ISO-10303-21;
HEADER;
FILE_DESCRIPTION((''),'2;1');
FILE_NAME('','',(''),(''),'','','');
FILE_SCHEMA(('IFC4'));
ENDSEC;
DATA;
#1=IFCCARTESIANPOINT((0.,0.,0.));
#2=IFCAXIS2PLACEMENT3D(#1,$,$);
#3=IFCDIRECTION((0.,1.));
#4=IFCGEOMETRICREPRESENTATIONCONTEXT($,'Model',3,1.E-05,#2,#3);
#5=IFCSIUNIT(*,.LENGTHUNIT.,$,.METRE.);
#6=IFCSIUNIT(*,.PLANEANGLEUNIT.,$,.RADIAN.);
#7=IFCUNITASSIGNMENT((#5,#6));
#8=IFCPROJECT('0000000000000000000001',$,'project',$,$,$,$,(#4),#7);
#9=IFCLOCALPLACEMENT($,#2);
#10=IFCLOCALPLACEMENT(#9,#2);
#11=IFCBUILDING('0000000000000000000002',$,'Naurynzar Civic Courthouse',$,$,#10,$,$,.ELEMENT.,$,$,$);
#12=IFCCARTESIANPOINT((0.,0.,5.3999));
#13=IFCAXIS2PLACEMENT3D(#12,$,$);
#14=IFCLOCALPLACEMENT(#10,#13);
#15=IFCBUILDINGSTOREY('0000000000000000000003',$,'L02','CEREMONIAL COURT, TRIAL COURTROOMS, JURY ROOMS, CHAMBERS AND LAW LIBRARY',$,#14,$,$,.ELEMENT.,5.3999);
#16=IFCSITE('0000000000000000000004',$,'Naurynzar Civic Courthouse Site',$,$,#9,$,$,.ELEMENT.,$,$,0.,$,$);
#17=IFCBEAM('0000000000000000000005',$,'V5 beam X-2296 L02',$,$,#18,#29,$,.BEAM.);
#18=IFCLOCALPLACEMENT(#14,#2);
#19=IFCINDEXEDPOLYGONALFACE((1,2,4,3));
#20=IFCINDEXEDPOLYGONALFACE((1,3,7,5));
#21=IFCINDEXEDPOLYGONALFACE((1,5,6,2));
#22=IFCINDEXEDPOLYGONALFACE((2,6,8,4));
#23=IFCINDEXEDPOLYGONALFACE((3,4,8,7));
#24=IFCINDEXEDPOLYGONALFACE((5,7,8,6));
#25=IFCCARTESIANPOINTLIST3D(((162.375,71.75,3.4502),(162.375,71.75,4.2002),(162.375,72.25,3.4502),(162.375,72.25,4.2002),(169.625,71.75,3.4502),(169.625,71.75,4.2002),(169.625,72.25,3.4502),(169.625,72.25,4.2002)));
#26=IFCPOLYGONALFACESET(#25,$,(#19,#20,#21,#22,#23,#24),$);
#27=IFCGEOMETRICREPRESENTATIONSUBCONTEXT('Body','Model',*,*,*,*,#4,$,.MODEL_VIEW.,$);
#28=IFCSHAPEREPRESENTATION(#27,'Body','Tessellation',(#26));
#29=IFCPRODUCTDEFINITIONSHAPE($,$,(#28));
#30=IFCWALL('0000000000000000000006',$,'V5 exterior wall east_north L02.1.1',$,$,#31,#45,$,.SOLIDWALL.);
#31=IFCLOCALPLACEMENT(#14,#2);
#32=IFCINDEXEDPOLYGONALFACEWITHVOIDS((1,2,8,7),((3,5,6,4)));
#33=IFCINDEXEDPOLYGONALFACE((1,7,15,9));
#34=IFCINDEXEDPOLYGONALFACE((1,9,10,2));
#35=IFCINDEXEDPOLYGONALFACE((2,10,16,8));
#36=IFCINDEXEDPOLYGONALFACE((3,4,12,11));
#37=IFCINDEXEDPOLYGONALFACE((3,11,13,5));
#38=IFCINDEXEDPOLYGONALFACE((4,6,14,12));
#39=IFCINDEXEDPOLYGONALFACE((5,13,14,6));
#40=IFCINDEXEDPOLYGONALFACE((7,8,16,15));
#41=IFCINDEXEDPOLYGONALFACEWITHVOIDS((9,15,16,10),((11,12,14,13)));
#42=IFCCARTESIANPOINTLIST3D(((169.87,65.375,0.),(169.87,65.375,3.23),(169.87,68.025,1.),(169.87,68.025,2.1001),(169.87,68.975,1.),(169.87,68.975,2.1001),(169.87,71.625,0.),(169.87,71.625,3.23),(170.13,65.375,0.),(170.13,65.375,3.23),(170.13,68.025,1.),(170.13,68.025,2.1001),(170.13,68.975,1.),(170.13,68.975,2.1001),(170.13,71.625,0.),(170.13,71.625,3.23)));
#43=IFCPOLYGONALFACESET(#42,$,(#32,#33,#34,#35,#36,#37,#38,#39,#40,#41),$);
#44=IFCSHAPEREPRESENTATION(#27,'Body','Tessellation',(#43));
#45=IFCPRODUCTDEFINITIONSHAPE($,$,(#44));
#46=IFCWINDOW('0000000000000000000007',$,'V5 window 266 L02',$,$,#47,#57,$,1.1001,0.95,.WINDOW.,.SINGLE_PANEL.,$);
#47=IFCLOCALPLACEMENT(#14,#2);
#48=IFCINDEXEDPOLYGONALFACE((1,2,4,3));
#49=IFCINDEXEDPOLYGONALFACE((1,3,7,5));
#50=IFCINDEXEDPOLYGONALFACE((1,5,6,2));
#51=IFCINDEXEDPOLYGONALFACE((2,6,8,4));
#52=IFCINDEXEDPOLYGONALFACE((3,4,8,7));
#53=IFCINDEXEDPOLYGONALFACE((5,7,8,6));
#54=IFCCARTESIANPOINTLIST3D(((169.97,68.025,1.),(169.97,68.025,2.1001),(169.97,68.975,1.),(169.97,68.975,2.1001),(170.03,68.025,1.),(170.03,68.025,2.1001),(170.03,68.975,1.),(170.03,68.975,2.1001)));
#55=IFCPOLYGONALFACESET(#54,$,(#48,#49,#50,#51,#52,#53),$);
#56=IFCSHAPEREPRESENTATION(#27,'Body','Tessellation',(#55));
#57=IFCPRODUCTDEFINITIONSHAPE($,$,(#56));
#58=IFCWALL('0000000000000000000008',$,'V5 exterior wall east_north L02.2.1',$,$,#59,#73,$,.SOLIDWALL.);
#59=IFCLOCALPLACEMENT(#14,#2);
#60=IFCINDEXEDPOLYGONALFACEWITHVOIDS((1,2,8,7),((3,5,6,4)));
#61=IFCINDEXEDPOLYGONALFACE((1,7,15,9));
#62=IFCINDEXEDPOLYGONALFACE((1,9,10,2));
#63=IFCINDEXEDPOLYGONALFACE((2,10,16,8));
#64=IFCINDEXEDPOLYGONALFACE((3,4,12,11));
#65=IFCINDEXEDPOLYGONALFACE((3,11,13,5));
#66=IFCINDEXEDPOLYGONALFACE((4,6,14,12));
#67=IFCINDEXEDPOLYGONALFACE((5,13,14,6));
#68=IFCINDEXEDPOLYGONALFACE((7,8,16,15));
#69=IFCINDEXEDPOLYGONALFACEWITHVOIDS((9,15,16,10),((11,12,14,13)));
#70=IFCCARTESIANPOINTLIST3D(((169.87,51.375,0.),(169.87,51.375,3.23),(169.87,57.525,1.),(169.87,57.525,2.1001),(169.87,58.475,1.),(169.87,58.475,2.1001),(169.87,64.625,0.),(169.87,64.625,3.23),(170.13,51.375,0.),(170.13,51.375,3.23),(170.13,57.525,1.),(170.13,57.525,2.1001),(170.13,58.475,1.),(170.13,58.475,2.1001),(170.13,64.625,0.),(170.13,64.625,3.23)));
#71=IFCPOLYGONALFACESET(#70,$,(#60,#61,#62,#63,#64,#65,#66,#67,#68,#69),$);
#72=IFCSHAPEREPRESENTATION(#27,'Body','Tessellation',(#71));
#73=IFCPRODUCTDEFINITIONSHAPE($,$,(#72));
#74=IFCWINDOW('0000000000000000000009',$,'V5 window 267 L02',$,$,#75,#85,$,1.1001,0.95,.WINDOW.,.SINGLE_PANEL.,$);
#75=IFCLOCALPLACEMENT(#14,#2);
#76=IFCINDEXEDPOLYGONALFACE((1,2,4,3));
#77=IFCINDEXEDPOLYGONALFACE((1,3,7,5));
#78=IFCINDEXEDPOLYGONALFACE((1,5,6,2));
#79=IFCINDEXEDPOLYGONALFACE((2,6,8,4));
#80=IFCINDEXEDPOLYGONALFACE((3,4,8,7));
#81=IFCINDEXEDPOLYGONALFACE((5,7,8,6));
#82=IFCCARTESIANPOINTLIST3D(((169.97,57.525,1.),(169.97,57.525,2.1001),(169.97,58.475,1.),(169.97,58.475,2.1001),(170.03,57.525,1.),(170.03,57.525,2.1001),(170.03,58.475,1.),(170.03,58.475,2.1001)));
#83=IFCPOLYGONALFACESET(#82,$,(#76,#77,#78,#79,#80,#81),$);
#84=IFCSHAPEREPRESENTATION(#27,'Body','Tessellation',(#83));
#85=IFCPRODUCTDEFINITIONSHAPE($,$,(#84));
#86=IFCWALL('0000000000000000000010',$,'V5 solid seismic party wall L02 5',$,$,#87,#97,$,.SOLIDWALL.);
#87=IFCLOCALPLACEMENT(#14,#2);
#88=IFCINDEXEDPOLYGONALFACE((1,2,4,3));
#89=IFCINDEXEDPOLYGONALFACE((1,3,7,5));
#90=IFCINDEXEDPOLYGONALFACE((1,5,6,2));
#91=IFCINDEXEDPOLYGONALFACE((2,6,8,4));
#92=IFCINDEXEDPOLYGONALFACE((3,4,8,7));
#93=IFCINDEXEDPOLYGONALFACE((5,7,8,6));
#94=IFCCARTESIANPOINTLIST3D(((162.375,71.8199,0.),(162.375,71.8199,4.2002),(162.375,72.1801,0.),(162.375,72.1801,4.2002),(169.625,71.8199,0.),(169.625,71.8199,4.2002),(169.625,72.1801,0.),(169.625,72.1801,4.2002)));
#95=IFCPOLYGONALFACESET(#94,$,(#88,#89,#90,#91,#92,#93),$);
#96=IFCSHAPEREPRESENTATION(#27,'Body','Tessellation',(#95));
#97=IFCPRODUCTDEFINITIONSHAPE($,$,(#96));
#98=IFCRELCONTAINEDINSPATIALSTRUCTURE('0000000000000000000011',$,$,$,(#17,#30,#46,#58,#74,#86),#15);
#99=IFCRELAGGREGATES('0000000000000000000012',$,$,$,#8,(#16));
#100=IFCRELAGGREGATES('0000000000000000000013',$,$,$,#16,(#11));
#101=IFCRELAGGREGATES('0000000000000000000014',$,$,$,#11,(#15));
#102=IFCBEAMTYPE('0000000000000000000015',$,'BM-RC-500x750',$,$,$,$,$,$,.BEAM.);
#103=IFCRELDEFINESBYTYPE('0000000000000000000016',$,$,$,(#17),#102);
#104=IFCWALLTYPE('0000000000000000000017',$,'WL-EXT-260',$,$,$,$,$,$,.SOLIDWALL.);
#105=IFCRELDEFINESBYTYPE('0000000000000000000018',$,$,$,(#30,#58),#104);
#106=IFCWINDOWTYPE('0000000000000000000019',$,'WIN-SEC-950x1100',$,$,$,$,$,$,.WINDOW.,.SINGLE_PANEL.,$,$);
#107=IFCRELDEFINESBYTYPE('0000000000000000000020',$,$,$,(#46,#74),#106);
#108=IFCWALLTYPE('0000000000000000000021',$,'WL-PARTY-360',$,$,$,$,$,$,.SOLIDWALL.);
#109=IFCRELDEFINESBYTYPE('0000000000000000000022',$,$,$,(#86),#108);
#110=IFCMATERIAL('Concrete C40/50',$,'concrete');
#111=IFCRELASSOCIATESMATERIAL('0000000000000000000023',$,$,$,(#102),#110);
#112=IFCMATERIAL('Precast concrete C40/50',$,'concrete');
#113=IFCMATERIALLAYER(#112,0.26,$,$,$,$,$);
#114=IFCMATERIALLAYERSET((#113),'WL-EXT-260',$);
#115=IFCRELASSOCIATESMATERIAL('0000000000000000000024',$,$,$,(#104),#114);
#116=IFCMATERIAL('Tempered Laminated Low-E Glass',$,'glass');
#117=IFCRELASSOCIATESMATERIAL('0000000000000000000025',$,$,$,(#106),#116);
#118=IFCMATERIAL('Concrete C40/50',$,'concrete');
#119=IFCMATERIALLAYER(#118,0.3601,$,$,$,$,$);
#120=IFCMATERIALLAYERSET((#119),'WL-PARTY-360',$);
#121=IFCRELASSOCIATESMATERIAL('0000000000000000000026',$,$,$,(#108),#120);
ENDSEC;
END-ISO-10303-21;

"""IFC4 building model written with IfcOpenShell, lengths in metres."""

from ifc_helpers import new_model, si_unit, direction, frame, frame_2d, origin, origin_2d, place, context, subcontext, project, spatial, rectangle, extrude, material, layer, layer_set, material_profile, profile_set, type_object, element, fill, save


model = new_model("IFC4")

# Units and contexts
model_context = context("Model", 3, precision=1e-05, world=origin(), true_north=direction((0.0, 1.0)))
body_context = subcontext(model_context, "Body", "Model", "MODEL_VIEW")
ifc_project = project(units=[si_unit("LENGTHUNIT", "METRE"), si_unit("PLANEANGLEUNIT", "RADIAN")], contexts=[model_context])

# Site, building, storey
site_placement = place(None, origin())
site = spatial("IfcSite", under=ifc_project, at=site_placement, Name="Naurynzar Civic Courthouse Site", CompositionType="ELEMENT", RefElevation=0.0)
building_placement = place(site_placement, origin())
building = spatial("IfcBuilding", under=site, at=building_placement, Name="Naurynzar Civic Courthouse", CompositionType="ELEMENT")
storey_placement = place(building_placement, frame((0.0, 0.0, 5.3999)))
storey = spatial("IfcBuildingStorey", under=building, at=storey_placement, Name="L02", Description="CEREMONIAL COURT, TRIAL COURTROOMS, JURY ROOMS, CHAMBERS AND LAW LIBRARY", CompositionType="ELEMENT", Elevation=5.3999)

# Beam
ifc_material_1 = material(Name="Concrete C40/50", Category="concrete")
ifc_material_profile_1 = material_profile(ifc_material_1, rectangle(XDim=0.5, YDim=0.75, at=origin_2d()), Name="RCB 500x750")
ifc_profile_set_1 = profile_set([ifc_material_profile_1], Name="Concrete C40/50")
beam_type_1 = type_object("IfcBeamType", Name="BM-RC-500x750", PredefinedType="BEAM", material=ifc_profile_set_1)
beam_1_placement = place(storey_placement, frame((162.375, 72.0, 3.8252), z_axis=(1.0, 0.0, 0.0), x_axis=(0.0, 1.0, 0.0)))
element("IfcBeam", 1, at=beam_1_placement, inside=storey, type_object=beam_type_1, Name="V5 beam X-2296 L02", PredefinedType="BEAM", context=body_context, shape_type="SweptSolid", body=[
    extrude(rectangle(XDim=0.5, YDim=0.75, at=origin_2d()), origin(), (0.0, 0.0, 1.0), 7.25),
])

# Walls, openings, windows
ifc_material_2 = material(Name="Precast concrete C40/50", Category="concrete")
ifc_layer_1 = layer(ifc_material_2, 0.26)
ifc_layer_set_1 = layer_set([ifc_layer_1], Name="WL-EXT-260")
wall_type_1 = type_object("IfcWallType", Name="WL-EXT-260", PredefinedType="SOLIDWALL", material=ifc_layer_set_1)
wall_1_placement = place(storey_placement, frame((170.0, 71.625, 0.0), z_axis=(0.0, 0.0, 1.0), x_axis=(0.0, -1.0, 0.0)))
wall_1 = element("IfcWall", 2, at=wall_1_placement, inside=storey, type_object=wall_type_1, Name="V5 exterior wall east_north L02.1.1", PredefinedType="SOLIDWALL", context=body_context, shape_type="SweptSolid", body=[
    extrude(rectangle(XDim=6.25, YDim=0.26, at=frame_2d((3.125, 0.0))), origin(), (0.0, 0.0, 1.0), 3.23),
])
opening_1_placement = place(wall_1_placement, frame((2.6499, 0.0, 1.0)))
opening_1 = element("IfcOpeningElement", 3, at=opening_1_placement, cuts=wall_1, PredefinedType="OPENING", context=body_context, shape_type="SweptSolid", body=[
    extrude(rectangle(XDim=0.95, YDim=1.1001, at=frame_2d((0.4751, 0.55))), frame((0.0, 0.1399, 0.0), z_axis=(0.0, -1.0, 0.0), x_axis=(1.0, 0.0, 0.0)), (0.0, 0.0, 1.0), 0.28),
])
ifc_material_3 = material(Name="Tempered Laminated Low-E Glass", Category="glass")
window_type = type_object("IfcWindowType", Name="WIN-SEC-950x1100", PartitioningType="SINGLE_PANEL", PredefinedType="WINDOW", material=ifc_material_3)
window_1_placement = place(opening_1_placement, origin())
window_1 = element("IfcWindow", 4, at=window_1_placement, inside=storey, type_object=window_type, Name="V5 window 266 L02", OverallHeight=1.1001, OverallWidth=0.95, PartitioningType="SINGLE_PANEL", PredefinedType="WINDOW", context=body_context, shape_type="SweptSolid", body=[
    extrude(rectangle(XDim=0.95, YDim=1.1001, at=frame_2d((0.4751, 0.55))), frame((0.0, 0.03, 0.0), z_axis=(0.0, -1.0, 0.0), x_axis=(1.0, 0.0, 0.0)), (0.0, 0.0, 1.0), 0.0601),
])
fill(opening_1, window_1)
wall_2_placement = place(storey_placement, frame((170.0, 64.625, 0.0), z_axis=(0.0, 0.0, 1.0), x_axis=(0.0, -1.0, 0.0)))
wall_2 = element("IfcWall", 5, at=wall_2_placement, inside=storey, type_object=wall_type_1, Name="V5 exterior wall east_north L02.2.1", PredefinedType="SOLIDWALL", context=body_context, shape_type="SweptSolid", body=[
    extrude(rectangle(XDim=13.25, YDim=0.26, at=frame_2d((6.625, 0.0))), origin(), (0.0, 0.0, 1.0), 3.23),
])
opening_2_placement = place(wall_2_placement, frame((6.1499, 0.0, 1.0)))
opening_2 = element("IfcOpeningElement", 6, at=opening_2_placement, cuts=wall_2, PredefinedType="OPENING", context=body_context, shape_type="SweptSolid", body=[
    extrude(rectangle(XDim=0.95, YDim=1.1001, at=frame_2d((0.4751, 0.55))), frame((0.0, 0.1399, 0.0), z_axis=(0.0, -1.0, 0.0), x_axis=(1.0, 0.0, 0.0)), (0.0, 0.0, 1.0), 0.28),
])
window_2_placement = place(opening_2_placement, origin())
window_2 = element("IfcWindow", 7, at=window_2_placement, inside=storey, type_object=window_type, Name="V5 window 267 L02", OverallHeight=1.1001, OverallWidth=0.95, PartitioningType="SINGLE_PANEL", PredefinedType="WINDOW", context=body_context, shape_type="SweptSolid", body=[
    extrude(rectangle(XDim=0.95, YDim=1.1001, at=frame_2d((0.4751, 0.55))), frame((0.0, 0.03, 0.0), z_axis=(0.0, -1.0, 0.0), x_axis=(1.0, 0.0, 0.0)), (0.0, 0.0, 1.0), 0.0601),
])
fill(opening_2, window_2)

# Wall
ifc_material_4 = material(Name="Concrete C40/50", Category="concrete")
ifc_layer_2 = layer(ifc_material_4, 0.3601)
ifc_layer_set_2 = layer_set([ifc_layer_2], Name="WL-PARTY-360")
wall_type_2 = type_object("IfcWallType", Name="WL-PARTY-360", PredefinedType="SOLIDWALL", material=ifc_layer_set_2)
wall_3_placement = place(storey_placement, frame((162.375, 72.0, 0.0), z_axis=(0.0, 0.0, 1.0), x_axis=(1.0, 0.0, 0.0)))
element("IfcWall", 8, at=wall_3_placement, inside=storey, type_object=wall_type_2, Name="V5 solid seismic party wall L02 5", PredefinedType="SOLIDWALL", context=body_context, shape_type="SweptSolid", body=[
    extrude(rectangle(XDim=7.25, YDim=0.3601, at=frame_2d((3.625, 0.0))), origin(), (0.0, 0.0, 1.0), 4.2002),
])

save(model, "model.ifc")
